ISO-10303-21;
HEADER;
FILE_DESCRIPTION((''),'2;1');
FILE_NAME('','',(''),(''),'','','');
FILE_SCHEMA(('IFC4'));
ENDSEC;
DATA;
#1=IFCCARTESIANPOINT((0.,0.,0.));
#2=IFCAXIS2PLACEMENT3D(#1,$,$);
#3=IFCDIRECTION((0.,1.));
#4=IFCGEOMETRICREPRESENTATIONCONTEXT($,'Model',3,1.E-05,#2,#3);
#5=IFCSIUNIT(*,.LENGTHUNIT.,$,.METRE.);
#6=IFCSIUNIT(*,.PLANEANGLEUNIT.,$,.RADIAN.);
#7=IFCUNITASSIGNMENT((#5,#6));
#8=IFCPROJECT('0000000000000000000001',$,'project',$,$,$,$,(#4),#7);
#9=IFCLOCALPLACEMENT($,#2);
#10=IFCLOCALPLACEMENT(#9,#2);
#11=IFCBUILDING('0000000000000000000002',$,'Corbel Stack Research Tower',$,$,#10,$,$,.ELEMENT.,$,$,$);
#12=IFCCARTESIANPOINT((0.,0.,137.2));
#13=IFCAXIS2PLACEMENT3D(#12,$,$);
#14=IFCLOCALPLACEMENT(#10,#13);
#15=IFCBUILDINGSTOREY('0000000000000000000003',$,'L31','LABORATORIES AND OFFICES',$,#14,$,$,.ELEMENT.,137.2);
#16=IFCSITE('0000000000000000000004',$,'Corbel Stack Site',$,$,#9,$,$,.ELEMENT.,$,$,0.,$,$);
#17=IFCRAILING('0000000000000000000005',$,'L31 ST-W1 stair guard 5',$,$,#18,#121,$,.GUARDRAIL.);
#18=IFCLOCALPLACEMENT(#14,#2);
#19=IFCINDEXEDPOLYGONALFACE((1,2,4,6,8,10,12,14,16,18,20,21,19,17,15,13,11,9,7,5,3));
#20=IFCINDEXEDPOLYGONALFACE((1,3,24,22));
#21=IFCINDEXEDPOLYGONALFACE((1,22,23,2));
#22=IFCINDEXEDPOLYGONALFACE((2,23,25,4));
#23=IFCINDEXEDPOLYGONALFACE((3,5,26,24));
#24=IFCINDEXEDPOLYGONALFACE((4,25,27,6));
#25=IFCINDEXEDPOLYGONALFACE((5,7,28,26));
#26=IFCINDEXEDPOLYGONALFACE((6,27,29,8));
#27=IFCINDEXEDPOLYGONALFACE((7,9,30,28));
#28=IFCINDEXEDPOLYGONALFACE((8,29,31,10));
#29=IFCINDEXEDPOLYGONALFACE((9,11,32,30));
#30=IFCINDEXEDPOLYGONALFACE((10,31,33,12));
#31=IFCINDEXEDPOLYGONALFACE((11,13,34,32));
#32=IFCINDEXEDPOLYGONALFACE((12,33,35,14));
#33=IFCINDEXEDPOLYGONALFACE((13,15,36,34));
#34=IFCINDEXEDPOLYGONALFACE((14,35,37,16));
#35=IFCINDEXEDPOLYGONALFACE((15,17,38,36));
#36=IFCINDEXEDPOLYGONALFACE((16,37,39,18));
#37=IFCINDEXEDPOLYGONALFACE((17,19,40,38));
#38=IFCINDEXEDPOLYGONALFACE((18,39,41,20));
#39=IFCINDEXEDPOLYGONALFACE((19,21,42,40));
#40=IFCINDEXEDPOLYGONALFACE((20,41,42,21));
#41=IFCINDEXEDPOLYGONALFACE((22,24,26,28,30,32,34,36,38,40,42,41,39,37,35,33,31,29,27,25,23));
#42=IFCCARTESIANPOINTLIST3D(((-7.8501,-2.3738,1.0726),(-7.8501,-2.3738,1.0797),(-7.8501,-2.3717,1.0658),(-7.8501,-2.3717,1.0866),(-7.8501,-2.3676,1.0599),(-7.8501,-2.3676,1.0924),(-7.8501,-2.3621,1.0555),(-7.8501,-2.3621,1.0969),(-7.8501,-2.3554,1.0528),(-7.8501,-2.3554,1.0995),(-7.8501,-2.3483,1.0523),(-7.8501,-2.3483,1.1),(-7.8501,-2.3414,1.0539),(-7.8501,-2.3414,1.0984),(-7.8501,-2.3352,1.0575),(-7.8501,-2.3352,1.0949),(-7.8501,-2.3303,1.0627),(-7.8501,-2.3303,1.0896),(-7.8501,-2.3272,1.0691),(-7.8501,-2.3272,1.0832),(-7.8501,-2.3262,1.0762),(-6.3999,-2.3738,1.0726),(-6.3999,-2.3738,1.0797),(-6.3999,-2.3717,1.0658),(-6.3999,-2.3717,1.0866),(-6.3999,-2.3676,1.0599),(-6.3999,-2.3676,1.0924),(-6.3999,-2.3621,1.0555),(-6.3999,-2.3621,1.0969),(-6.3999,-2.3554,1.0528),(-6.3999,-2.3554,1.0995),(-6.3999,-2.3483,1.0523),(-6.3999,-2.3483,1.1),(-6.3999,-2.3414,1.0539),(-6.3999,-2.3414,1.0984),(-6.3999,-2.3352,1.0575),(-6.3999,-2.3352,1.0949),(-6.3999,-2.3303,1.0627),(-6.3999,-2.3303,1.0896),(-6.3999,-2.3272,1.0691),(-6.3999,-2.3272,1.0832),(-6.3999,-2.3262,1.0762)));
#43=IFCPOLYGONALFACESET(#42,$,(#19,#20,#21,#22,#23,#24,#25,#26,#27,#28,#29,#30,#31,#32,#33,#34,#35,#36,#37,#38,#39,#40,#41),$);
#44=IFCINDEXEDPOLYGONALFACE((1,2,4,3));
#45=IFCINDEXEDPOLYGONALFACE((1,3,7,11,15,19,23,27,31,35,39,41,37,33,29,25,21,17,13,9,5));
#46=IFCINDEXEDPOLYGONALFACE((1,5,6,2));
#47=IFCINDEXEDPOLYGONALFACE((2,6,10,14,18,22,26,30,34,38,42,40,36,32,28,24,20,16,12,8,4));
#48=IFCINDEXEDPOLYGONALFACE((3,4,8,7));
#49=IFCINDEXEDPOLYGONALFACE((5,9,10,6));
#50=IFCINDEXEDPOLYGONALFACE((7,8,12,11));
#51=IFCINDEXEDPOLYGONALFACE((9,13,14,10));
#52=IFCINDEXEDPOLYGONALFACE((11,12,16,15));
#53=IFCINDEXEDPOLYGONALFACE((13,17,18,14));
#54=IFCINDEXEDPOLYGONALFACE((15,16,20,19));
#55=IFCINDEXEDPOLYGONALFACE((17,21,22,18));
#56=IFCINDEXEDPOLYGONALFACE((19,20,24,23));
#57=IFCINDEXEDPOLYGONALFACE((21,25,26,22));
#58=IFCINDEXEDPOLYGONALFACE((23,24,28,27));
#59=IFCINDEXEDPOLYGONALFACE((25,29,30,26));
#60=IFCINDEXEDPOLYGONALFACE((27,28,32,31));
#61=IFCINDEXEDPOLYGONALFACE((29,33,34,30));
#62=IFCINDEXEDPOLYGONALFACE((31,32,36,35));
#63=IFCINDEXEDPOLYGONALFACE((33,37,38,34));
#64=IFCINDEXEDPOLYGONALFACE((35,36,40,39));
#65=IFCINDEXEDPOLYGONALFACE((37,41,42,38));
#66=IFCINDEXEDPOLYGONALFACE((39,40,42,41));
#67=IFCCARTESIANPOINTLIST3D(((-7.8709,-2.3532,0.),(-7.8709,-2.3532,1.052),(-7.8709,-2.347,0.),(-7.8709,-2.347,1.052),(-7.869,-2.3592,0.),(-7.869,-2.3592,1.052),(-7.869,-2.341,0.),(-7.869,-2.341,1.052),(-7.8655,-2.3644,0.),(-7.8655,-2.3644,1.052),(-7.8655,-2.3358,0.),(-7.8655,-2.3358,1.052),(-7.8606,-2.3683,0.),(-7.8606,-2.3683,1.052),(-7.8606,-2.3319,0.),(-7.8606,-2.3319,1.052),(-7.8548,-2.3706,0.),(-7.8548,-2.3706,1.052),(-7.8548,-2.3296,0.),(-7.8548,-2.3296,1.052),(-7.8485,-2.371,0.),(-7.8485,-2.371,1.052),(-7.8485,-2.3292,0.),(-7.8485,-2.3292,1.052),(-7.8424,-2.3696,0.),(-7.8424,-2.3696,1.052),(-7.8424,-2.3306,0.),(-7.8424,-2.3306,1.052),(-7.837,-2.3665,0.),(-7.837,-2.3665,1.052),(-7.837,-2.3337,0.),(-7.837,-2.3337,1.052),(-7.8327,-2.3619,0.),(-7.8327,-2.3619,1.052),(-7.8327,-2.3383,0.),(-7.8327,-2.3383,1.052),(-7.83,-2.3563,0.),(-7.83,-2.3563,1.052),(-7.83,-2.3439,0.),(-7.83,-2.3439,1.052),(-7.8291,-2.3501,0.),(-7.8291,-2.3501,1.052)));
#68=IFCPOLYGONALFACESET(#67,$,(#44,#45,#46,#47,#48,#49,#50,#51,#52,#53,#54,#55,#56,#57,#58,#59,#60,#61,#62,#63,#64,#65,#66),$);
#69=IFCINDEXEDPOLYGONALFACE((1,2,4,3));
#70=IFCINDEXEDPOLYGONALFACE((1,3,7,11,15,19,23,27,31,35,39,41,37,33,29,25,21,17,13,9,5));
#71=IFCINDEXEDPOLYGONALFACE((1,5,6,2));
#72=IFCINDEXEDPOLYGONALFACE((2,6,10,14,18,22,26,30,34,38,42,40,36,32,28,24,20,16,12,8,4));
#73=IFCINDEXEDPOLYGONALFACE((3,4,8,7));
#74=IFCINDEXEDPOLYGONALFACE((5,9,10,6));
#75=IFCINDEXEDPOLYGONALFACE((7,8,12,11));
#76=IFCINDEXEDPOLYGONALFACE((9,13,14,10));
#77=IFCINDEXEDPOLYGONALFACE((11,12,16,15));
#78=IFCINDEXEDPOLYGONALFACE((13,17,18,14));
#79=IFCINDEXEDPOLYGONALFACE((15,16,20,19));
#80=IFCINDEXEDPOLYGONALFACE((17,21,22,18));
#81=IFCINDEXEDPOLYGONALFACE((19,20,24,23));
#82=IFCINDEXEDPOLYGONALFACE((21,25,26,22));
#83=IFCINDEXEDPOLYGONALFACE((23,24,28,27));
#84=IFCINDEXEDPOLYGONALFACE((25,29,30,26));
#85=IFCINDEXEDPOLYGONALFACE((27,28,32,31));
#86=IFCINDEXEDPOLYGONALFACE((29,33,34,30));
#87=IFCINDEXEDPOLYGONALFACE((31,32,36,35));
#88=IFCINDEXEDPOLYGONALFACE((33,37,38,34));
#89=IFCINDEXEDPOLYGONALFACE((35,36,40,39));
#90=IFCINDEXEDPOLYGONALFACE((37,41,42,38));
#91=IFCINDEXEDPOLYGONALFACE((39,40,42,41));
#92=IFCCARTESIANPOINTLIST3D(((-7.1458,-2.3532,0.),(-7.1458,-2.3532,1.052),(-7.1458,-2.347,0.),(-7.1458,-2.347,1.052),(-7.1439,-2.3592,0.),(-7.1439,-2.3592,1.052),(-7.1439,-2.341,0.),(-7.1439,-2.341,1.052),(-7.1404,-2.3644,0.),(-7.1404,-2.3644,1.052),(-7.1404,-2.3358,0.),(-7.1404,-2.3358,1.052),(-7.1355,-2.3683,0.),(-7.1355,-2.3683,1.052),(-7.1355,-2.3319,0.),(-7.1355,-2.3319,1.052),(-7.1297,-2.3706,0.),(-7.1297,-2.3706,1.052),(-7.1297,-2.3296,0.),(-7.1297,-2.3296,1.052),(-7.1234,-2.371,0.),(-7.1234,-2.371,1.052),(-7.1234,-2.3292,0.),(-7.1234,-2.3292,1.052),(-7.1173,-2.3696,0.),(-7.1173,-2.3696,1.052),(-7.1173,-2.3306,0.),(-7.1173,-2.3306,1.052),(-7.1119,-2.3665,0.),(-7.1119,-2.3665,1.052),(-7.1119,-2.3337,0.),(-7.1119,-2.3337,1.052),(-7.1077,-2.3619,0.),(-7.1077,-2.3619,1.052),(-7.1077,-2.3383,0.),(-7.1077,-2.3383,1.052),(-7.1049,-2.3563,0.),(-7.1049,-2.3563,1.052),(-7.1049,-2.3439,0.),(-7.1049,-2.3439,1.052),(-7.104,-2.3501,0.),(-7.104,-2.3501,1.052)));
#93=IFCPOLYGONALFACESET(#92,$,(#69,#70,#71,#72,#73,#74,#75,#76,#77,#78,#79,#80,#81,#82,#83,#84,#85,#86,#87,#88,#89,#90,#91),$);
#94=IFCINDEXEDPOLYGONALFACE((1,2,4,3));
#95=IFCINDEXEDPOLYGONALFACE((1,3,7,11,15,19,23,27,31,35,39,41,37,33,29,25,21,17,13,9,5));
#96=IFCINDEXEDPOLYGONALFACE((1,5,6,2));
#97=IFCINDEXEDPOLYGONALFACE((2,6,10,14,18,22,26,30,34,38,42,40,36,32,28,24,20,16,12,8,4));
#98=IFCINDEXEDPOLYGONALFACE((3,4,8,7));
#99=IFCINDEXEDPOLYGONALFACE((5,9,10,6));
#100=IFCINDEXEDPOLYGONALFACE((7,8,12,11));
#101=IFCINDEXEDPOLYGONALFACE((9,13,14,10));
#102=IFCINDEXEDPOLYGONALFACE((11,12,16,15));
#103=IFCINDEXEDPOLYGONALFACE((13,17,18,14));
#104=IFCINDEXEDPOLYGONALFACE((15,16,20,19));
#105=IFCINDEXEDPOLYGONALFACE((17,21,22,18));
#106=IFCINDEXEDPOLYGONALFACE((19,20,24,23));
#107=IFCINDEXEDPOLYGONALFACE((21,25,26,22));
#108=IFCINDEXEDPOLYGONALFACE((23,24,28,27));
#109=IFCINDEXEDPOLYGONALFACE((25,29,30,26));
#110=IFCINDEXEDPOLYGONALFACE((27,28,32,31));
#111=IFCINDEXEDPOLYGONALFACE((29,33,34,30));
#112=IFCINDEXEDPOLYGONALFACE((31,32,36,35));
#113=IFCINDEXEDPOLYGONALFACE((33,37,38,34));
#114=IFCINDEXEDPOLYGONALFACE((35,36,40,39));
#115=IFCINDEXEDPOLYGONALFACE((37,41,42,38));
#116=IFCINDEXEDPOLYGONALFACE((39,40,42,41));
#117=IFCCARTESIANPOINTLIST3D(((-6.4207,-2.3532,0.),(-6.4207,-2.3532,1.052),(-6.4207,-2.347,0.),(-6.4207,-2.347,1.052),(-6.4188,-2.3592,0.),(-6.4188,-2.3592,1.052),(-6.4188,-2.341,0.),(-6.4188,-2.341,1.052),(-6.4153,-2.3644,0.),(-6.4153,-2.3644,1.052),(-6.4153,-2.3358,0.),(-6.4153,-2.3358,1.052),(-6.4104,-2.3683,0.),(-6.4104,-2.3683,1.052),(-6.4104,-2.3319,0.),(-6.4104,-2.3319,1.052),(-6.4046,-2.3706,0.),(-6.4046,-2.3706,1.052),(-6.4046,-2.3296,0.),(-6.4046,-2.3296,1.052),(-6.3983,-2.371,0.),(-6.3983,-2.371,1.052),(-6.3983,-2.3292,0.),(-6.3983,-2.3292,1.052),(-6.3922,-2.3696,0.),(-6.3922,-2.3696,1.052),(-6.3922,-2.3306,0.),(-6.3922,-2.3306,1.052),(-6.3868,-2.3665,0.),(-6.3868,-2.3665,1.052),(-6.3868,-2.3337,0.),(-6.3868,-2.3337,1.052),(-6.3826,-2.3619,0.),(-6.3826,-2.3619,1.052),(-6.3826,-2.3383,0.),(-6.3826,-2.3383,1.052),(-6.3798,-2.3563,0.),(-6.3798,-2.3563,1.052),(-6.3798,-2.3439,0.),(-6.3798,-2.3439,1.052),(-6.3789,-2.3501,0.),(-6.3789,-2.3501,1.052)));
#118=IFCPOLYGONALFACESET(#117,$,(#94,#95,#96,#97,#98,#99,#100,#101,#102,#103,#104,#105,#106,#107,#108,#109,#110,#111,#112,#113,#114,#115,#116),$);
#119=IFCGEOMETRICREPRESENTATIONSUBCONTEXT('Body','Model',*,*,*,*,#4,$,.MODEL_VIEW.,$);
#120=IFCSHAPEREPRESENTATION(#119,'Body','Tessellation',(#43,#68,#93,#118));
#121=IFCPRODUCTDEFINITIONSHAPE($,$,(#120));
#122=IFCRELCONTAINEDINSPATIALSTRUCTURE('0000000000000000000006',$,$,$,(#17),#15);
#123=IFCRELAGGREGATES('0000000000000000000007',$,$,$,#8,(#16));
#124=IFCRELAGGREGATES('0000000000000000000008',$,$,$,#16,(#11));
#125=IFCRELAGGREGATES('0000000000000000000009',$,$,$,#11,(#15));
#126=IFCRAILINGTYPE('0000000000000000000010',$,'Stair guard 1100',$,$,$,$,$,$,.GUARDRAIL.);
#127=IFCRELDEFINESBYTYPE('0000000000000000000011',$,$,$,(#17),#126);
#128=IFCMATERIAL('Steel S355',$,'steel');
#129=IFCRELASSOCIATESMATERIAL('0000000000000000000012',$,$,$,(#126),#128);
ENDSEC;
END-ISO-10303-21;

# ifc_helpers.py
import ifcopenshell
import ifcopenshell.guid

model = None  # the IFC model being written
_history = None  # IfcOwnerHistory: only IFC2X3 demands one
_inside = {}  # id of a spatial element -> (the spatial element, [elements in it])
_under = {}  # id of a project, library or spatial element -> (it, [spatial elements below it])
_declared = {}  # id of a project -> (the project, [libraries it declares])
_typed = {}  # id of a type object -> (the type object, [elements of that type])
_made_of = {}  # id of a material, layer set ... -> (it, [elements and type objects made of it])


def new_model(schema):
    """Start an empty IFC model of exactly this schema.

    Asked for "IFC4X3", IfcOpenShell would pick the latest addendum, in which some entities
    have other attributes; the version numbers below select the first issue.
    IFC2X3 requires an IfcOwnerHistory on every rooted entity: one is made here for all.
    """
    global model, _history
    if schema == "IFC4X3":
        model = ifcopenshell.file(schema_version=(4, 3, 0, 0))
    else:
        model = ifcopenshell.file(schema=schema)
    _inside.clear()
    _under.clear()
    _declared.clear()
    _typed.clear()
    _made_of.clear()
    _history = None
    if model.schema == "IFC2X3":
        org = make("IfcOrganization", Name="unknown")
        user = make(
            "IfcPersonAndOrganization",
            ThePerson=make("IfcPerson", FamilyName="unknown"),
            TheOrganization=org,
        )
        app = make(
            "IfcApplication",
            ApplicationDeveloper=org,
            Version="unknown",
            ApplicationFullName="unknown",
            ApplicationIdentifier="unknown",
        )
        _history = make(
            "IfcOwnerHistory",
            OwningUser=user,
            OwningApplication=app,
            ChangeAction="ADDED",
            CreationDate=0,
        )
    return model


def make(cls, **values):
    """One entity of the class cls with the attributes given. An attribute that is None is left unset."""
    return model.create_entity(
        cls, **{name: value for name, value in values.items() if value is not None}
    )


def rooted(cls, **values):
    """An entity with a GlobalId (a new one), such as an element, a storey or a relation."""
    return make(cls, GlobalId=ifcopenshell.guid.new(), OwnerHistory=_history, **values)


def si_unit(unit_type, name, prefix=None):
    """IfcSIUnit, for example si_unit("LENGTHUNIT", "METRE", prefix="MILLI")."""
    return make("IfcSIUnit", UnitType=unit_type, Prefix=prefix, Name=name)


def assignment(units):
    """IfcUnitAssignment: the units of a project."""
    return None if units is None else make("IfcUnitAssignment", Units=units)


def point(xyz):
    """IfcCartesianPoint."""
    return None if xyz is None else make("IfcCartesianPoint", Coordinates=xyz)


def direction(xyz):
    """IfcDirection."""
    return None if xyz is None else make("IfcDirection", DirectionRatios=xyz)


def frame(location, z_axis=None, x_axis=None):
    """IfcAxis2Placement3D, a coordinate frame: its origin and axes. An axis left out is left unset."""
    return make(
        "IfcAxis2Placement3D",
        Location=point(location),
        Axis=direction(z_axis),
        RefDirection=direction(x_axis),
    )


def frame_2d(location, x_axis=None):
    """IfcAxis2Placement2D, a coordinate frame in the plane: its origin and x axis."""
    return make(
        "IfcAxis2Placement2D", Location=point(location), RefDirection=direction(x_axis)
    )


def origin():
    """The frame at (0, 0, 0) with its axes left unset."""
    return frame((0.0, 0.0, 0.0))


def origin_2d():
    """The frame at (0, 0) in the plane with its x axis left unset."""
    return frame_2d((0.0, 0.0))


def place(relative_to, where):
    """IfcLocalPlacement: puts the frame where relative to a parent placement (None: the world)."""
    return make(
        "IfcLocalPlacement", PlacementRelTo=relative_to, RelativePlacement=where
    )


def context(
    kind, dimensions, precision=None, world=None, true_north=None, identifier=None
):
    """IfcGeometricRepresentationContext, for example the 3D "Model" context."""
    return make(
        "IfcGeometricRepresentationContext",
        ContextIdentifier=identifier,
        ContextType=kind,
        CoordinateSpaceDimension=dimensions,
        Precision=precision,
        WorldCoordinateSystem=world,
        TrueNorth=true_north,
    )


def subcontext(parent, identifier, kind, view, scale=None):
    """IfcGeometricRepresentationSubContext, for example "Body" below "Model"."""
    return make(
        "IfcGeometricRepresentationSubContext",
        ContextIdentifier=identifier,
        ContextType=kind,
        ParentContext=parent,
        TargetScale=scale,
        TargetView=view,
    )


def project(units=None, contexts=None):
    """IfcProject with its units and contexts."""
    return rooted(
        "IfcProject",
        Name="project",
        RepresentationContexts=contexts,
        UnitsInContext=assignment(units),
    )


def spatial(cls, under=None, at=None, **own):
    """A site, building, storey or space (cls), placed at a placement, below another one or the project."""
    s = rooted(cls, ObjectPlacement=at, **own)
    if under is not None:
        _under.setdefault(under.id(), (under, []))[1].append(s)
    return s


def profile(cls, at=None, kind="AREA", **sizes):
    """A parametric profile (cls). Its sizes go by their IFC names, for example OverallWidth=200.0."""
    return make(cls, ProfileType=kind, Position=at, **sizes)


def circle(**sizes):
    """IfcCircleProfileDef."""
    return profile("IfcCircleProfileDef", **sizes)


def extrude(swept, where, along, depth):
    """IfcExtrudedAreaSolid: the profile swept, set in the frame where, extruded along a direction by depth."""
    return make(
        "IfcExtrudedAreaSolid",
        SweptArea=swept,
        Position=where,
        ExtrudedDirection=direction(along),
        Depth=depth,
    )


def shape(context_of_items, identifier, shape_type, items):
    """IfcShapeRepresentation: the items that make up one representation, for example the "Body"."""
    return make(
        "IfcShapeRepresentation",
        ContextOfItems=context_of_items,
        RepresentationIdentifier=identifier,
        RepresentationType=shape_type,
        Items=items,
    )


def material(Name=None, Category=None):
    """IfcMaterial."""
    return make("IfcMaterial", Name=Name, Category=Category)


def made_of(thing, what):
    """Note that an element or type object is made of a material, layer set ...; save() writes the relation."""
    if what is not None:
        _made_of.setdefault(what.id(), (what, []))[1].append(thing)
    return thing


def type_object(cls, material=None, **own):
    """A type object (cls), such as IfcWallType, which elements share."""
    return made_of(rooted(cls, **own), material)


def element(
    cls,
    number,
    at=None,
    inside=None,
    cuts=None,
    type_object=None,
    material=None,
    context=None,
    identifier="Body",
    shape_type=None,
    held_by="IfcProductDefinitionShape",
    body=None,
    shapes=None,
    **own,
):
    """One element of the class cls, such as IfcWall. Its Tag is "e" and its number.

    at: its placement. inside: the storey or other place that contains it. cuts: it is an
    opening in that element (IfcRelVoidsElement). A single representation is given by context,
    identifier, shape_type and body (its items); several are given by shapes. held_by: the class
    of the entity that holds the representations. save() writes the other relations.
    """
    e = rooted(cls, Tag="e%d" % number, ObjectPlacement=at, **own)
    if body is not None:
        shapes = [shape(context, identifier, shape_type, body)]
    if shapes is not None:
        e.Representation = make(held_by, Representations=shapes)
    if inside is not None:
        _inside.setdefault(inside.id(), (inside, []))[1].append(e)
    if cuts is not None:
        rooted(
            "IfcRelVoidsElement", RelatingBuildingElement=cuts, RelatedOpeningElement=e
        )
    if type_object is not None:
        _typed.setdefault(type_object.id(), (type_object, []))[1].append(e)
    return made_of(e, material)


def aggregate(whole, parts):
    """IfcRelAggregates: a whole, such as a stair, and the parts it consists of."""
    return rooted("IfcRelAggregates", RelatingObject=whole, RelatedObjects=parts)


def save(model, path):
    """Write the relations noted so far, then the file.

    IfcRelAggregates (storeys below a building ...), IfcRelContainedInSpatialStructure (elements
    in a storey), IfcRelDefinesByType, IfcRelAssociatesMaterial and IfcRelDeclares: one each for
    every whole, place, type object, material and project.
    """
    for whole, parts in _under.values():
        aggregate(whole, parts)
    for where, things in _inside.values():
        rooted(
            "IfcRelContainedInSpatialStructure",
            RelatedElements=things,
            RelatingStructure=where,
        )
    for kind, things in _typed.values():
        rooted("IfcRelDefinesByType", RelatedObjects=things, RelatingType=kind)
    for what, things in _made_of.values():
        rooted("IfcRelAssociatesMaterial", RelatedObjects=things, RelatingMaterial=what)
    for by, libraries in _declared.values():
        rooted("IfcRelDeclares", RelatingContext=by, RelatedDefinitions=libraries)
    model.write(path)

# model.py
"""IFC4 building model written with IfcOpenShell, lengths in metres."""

from ifc_helpers import new_model, si_unit, direction, frame, origin, origin_2d, place, context, subcontext, project, spatial, circle, extrude, material, type_object, element, save


model = new_model("IFC4")

# Units and contexts
model_context = context("Model", 3, precision=1e-05, world=origin(), true_north=direction((0.0, 1.0)))
body_context = subcontext(model_context, "Body", "Model", "MODEL_VIEW")
ifc_project = project(units=[si_unit("LENGTHUNIT", "METRE"), si_unit("PLANEANGLEUNIT", "RADIAN")], contexts=[model_context])

# Site, building, storey
site_placement = place(None, origin())
site = spatial("IfcSite", under=ifc_project, at=site_placement, Name="Corbel Stack Site", CompositionType="ELEMENT", RefElevation=0.0)
building_placement = place(site_placement, origin())
building = spatial("IfcBuilding", under=site, at=building_placement, Name="Corbel Stack Research Tower", CompositionType="ELEMENT")
storey_placement = place(building_placement, frame((0.0, 0.0, 137.2)))
storey = spatial("IfcBuildingStorey", under=building, at=storey_placement, Name="L31", Description="LABORATORIES AND OFFICES", CompositionType="ELEMENT", Elevation=137.2)

# Railing
ifc_material_1 = material(Name="Steel S355", Category="steel")
railing_type = type_object("IfcRailingType", Name="Stair guard 1100", PredefinedType="GUARDRAIL", material=ifc_material_1)
railing_1_placement = place(storey_placement, frame((-7.8501, -2.3501, 0.0)))
element("IfcRailing", 1, at=railing_1_placement, inside=storey, type_object=railing_type, Name="L31 ST-W1 stair guard 5", PredefinedType="GUARDRAIL", context=body_context, shape_type="SweptSolid", body=[
    extrude(circle(Radius=0.0239, at=origin_2d()), frame((0.0, 0.0, 1.0762), z_axis=(1.0, 0.0, 0.0), x_axis=(0.0, 1.0, 0.0)), (0.0, 0.0, 1.0), 1.4502),
    extrude(circle(Radius=0.021, at=origin_2d()), origin(), (0.0, 0.0, 1.0), 1.052),
    extrude(circle(Radius=0.021, at=origin_2d()), frame((0.7251, 0.0, 0.0)), (0.0, 0.0, 1.0), 1.052),
    extrude(circle(Radius=0.021, at=origin_2d()), frame((1.4502, 0.0, 0.0)), (0.0, 0.0, 1.0), 1.052),
])

save(model, "model.ifc")
